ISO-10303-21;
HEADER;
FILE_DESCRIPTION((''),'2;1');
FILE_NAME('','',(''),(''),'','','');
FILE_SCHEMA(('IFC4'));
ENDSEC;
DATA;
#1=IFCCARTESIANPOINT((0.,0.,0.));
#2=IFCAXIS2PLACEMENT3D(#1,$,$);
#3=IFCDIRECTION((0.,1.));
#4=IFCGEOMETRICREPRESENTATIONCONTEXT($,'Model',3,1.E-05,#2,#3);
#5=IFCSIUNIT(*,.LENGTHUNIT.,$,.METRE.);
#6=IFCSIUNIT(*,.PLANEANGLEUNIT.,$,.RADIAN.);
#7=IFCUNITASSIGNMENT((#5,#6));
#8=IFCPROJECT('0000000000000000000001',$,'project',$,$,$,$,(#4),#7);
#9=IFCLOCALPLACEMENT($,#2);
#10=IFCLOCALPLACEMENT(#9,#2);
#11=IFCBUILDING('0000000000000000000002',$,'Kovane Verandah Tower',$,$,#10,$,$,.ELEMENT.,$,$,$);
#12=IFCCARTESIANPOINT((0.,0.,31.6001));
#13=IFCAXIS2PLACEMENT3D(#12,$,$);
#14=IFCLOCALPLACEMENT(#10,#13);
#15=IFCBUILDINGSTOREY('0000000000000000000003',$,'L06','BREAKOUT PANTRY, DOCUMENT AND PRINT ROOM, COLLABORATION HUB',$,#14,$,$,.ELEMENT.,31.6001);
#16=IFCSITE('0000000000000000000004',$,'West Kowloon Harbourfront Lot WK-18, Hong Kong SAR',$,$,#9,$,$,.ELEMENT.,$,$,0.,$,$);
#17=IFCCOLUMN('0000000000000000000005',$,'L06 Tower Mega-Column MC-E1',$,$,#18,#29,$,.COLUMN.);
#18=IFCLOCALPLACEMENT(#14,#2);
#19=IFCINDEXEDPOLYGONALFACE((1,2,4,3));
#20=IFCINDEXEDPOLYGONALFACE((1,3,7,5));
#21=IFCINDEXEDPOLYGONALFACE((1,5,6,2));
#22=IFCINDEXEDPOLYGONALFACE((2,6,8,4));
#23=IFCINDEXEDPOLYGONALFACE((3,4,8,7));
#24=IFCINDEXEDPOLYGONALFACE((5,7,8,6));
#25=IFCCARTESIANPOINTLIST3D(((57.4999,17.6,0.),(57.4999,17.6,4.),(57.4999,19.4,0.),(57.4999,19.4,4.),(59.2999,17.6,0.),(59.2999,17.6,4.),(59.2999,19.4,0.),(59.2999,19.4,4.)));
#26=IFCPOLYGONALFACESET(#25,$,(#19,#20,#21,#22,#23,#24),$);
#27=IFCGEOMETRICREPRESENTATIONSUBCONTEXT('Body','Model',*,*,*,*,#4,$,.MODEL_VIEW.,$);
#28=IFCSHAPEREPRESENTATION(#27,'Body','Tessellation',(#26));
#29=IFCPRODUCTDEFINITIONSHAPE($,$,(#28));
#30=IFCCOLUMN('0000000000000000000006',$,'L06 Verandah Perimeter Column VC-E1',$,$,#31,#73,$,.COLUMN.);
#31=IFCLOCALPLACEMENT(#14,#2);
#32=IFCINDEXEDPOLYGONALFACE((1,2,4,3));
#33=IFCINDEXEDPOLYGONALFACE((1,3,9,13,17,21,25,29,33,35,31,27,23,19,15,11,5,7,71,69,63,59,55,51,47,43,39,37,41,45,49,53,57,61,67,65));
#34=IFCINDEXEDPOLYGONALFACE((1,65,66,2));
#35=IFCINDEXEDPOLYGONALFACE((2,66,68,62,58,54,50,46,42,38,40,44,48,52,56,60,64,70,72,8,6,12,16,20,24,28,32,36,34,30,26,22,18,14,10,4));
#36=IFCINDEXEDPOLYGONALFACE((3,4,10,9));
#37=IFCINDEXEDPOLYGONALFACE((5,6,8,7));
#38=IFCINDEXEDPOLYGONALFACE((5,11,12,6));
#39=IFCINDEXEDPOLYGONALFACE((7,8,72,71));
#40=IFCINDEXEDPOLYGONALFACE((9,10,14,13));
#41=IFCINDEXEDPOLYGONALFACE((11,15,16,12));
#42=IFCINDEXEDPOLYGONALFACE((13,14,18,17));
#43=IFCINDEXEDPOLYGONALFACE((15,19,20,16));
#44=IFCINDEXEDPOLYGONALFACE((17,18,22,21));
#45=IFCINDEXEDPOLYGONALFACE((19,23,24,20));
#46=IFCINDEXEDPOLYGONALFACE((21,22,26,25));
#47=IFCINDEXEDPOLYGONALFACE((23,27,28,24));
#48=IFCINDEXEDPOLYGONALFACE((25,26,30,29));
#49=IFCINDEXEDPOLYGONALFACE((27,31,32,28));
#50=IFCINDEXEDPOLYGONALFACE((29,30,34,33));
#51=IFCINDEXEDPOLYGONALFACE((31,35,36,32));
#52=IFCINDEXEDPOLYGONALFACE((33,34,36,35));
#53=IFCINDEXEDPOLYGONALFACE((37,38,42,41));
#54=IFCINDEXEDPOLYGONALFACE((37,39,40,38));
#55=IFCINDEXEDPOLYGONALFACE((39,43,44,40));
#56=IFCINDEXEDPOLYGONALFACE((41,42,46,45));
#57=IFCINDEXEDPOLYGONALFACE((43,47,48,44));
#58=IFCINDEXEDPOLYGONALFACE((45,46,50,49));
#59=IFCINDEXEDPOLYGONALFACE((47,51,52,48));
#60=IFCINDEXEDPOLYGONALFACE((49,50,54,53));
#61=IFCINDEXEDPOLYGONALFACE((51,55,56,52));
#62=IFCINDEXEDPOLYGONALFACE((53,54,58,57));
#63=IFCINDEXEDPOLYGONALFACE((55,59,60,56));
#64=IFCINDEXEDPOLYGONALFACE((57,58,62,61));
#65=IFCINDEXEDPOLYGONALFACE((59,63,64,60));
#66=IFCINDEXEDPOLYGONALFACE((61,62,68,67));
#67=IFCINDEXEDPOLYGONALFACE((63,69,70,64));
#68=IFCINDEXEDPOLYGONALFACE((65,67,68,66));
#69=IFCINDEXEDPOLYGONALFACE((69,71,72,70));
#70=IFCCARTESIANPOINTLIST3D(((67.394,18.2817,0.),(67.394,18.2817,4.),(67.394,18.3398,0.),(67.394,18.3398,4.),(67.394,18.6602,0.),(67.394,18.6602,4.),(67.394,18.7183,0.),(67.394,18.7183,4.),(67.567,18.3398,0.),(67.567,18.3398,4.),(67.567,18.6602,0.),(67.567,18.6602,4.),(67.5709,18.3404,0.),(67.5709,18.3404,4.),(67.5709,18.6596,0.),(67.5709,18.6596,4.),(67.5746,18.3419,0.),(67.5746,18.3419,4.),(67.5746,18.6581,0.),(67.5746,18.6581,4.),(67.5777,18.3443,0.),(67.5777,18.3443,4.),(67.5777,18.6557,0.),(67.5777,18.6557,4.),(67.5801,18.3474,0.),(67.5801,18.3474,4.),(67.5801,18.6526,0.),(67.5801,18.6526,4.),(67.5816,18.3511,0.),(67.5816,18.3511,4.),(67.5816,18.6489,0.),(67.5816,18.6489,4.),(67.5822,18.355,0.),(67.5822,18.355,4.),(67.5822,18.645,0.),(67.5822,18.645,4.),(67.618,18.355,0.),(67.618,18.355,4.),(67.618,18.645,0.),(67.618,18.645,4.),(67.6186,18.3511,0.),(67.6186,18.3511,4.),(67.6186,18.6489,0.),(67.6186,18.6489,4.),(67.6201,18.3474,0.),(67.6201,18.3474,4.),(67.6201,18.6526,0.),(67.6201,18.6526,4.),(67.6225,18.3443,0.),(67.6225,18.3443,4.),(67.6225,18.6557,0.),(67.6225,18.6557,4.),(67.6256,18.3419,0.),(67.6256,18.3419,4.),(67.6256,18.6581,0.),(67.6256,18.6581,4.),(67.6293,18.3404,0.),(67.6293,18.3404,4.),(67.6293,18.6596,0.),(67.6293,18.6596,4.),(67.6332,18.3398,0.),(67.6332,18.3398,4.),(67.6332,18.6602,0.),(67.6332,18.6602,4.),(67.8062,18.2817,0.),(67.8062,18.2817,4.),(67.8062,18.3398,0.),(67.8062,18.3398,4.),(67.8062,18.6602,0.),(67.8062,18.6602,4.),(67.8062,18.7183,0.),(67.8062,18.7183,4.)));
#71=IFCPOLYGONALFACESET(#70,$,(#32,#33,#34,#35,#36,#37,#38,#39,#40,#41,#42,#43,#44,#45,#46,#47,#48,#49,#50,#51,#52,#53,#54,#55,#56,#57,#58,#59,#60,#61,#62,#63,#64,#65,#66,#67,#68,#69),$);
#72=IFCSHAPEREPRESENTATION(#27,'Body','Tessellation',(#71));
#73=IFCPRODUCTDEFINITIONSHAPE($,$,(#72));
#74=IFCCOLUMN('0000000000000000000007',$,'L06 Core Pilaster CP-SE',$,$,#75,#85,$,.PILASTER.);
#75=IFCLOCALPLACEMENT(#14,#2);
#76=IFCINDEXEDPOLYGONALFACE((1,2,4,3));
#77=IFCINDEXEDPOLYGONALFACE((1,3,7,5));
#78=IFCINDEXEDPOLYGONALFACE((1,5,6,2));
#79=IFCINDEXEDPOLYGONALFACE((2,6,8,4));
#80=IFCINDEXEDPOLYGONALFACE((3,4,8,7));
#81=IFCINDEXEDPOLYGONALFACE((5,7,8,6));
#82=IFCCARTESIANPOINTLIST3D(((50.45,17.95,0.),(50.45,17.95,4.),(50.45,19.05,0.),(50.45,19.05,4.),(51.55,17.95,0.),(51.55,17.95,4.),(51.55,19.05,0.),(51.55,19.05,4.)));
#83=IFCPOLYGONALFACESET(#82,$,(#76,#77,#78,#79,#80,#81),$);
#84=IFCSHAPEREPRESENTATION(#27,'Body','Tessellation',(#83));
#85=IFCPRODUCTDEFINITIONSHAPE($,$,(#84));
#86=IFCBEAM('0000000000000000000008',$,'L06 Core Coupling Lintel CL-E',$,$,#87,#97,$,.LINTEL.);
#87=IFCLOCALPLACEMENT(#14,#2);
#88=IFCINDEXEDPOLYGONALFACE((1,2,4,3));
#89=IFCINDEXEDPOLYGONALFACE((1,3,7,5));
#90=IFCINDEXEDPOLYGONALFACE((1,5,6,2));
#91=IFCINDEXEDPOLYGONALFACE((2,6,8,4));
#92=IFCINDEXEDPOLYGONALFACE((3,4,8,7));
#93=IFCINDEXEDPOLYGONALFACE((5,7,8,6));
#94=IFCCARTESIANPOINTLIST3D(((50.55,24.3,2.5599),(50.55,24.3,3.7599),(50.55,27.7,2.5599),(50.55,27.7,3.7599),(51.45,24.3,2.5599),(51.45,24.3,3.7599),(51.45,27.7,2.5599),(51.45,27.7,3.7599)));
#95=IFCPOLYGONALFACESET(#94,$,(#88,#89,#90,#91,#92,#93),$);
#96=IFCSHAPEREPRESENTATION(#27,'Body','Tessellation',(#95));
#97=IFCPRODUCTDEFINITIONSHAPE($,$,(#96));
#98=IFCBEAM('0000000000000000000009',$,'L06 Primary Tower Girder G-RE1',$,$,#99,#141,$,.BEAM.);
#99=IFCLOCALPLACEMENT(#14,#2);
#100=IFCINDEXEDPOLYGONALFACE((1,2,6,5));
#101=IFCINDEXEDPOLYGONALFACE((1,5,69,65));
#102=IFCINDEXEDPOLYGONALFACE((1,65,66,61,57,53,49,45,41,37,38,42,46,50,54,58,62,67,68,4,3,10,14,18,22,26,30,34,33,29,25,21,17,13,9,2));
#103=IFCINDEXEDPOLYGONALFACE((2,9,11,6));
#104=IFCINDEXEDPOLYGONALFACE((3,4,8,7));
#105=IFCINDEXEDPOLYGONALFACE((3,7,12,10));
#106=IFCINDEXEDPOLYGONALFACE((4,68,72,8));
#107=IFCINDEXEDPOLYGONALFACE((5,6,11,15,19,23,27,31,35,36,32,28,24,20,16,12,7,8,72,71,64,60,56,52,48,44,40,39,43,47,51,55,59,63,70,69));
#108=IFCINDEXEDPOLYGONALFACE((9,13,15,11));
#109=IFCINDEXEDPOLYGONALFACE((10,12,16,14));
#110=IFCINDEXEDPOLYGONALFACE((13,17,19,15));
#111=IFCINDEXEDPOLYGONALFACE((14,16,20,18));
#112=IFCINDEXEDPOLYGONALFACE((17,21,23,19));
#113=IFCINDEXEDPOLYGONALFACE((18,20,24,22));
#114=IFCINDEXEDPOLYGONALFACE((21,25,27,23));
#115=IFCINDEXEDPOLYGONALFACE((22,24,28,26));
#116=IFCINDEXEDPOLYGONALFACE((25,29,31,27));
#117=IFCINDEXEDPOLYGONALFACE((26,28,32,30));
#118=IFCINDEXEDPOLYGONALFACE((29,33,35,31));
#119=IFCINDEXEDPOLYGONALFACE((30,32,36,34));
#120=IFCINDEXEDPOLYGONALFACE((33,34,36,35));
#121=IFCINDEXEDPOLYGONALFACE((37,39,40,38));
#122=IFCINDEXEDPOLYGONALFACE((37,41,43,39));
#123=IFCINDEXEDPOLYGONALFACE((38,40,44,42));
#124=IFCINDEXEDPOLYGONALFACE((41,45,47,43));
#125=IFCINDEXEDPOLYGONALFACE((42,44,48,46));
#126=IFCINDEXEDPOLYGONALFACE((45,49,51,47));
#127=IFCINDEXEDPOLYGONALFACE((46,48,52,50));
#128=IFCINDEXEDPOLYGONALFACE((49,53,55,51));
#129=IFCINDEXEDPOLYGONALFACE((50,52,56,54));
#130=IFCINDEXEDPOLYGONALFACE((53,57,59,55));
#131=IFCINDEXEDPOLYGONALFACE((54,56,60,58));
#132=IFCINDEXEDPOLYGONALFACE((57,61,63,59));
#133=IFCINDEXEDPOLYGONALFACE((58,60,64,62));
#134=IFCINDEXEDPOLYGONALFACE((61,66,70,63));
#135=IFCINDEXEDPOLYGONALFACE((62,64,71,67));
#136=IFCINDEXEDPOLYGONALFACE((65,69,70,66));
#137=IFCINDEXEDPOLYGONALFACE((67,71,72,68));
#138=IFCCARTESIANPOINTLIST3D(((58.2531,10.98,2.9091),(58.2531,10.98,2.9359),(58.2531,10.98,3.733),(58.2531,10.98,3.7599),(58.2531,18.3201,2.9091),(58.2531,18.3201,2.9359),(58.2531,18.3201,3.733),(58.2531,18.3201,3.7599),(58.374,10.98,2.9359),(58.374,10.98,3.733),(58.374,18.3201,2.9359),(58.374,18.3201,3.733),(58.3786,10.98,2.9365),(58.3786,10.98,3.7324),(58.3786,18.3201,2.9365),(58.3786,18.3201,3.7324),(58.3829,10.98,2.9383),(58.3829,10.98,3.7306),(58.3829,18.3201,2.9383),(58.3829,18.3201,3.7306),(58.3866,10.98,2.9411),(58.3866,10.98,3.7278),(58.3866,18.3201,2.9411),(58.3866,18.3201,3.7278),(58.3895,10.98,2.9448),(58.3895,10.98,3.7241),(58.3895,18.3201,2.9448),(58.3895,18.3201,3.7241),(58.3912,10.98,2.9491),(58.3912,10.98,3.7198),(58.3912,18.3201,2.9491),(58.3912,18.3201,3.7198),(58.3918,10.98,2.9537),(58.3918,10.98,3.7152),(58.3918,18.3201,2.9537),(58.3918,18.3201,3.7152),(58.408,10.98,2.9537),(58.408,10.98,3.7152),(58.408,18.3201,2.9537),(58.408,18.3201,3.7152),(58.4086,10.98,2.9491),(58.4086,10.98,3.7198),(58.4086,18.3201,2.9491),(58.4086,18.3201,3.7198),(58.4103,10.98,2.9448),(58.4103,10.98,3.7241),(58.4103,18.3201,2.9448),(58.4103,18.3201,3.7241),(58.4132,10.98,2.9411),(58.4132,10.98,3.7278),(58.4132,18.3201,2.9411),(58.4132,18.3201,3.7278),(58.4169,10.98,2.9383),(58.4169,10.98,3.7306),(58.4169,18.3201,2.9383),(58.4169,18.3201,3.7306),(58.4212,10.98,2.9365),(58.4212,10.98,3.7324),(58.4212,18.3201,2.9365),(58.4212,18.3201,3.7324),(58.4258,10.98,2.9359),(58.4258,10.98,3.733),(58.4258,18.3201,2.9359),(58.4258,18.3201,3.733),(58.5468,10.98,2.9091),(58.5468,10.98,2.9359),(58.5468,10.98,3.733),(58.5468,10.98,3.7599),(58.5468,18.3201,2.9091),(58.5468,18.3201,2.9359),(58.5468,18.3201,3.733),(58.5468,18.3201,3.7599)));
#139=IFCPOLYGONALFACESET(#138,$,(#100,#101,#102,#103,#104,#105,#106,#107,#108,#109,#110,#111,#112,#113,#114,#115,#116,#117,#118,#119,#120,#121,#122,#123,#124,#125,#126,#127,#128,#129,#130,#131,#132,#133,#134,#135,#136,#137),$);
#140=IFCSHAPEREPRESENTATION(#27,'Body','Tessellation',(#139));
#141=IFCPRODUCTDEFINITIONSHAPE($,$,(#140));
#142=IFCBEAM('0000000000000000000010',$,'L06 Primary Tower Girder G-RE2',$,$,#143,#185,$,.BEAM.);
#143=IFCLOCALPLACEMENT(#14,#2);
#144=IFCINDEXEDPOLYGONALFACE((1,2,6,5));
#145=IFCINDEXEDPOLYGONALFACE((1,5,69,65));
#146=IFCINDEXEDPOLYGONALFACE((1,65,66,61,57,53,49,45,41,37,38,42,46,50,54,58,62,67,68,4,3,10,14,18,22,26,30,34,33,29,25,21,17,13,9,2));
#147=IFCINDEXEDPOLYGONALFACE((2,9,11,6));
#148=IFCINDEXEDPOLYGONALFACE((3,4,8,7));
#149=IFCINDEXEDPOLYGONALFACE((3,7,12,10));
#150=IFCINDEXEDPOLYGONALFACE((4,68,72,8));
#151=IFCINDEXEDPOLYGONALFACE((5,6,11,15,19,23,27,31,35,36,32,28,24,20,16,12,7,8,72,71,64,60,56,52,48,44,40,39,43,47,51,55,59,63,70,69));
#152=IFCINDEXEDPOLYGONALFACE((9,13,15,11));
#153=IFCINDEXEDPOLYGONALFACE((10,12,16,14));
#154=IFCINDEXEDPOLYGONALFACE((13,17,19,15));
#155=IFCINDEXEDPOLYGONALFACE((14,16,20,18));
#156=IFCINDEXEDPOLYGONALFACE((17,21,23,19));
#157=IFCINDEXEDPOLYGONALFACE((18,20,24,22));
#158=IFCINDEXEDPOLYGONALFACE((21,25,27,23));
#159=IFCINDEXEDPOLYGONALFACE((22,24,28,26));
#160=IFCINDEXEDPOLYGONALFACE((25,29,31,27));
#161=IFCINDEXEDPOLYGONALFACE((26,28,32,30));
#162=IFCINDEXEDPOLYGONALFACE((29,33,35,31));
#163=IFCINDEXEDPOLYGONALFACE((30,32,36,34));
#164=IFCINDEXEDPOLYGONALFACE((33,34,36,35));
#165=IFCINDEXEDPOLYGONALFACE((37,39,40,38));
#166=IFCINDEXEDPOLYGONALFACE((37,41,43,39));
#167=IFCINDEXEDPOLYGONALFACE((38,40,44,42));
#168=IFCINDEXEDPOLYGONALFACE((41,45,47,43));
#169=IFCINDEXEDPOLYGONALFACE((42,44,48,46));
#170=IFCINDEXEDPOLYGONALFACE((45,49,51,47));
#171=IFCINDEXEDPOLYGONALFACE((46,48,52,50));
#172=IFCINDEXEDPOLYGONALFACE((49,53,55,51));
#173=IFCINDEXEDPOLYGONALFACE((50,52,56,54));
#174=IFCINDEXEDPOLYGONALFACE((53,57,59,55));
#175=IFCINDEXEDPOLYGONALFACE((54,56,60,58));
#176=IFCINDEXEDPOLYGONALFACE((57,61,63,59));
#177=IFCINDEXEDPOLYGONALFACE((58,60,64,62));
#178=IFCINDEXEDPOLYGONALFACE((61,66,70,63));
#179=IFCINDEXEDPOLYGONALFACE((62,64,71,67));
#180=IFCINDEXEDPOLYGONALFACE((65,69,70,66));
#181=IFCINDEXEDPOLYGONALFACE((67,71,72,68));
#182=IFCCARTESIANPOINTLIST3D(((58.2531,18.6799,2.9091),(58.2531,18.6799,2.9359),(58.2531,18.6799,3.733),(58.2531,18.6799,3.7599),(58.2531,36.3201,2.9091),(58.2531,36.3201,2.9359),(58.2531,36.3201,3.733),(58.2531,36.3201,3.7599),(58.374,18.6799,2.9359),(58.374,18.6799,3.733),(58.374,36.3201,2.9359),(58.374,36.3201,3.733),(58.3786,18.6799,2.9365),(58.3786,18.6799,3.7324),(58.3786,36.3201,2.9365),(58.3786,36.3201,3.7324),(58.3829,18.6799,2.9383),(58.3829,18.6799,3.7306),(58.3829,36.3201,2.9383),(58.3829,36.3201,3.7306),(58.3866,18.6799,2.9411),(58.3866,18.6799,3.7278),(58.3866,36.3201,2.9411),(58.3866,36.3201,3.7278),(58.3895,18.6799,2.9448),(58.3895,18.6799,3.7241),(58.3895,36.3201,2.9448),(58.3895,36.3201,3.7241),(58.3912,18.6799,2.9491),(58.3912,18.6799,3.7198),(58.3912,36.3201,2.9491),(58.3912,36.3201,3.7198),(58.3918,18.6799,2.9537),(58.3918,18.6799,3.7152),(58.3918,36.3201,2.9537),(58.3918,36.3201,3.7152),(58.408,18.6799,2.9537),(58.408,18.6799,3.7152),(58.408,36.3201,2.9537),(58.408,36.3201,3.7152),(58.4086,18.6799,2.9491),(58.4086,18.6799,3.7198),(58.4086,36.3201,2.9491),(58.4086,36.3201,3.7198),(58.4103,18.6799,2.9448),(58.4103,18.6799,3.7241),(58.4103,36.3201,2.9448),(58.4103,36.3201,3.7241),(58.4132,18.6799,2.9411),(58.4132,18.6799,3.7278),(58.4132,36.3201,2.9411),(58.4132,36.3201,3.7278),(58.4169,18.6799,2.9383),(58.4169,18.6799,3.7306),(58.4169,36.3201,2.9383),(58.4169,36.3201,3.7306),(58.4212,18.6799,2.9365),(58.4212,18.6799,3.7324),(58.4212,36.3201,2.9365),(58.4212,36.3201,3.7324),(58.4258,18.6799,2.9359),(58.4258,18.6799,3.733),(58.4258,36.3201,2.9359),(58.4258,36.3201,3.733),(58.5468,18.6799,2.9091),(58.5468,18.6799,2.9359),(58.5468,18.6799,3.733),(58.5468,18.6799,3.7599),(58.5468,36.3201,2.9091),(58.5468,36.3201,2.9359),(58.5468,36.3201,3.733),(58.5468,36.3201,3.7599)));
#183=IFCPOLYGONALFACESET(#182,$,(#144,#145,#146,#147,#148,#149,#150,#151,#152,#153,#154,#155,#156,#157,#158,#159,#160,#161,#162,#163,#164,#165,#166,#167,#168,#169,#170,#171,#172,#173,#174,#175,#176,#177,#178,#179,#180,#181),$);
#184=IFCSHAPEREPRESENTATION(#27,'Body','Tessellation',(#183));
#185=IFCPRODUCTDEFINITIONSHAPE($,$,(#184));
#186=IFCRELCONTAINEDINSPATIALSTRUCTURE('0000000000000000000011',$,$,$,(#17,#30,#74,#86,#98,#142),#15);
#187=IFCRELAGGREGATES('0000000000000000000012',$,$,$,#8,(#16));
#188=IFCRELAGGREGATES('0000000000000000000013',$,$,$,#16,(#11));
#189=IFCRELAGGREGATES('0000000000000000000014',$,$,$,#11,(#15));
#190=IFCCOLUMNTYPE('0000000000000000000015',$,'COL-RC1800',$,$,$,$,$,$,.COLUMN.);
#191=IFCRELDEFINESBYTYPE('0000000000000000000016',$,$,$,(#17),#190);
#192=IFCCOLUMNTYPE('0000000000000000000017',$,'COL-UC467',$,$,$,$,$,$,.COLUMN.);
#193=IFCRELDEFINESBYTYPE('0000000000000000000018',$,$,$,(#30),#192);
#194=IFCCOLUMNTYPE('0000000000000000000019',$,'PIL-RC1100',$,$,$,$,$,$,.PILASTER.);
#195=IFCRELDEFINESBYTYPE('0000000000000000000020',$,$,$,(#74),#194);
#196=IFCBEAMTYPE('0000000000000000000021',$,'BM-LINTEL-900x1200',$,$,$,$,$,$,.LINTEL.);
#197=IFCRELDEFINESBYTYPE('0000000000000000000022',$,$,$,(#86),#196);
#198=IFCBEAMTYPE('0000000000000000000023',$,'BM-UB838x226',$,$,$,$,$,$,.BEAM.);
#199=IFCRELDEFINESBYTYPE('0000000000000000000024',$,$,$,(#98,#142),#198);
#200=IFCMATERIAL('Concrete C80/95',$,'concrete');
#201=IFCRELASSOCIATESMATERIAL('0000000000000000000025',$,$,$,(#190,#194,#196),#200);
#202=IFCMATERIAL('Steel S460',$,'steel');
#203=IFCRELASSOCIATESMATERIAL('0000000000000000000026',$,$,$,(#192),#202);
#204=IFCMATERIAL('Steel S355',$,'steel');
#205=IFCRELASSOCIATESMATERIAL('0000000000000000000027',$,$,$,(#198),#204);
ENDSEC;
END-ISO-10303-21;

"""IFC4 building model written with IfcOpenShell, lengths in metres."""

from ifc_helpers import new_model, si_unit, direction, frame, origin, origin_2d, place, context, subcontext, project, spatial, rectangle, i_section, extrude, material, material_profile, profile_set, type_object, element, save


model = new_model("IFC4")

# Units and contexts
model_context = context("Model", 3, precision=1e-05, world=origin(), true_north=direction((0.0, 1.0)))
body_context = subcontext(model_context, "Body", "Model", "MODEL_VIEW")
ifc_project = project(units=[si_unit("LENGTHUNIT", "METRE"), si_unit("PLANEANGLEUNIT", "RADIAN")], contexts=[model_context])

# Site, building, storey
site_placement = place(None, origin())
site = spatial("IfcSite", under=ifc_project, at=site_placement, Name="West Kowloon Harbourfront Lot WK-18, Hong Kong SAR", CompositionType="ELEMENT", RefElevation=0.0)
building_placement = place(site_placement, origin())
building = spatial("IfcBuilding", under=site, at=building_placement, Name="Kovane Verandah Tower", CompositionType="ELEMENT")
storey_placement = place(building_placement, frame((0.0, 0.0, 31.6001)))
storey = spatial("IfcBuildingStorey", under=building, at=storey_placement, Name="L06", Description="BREAKOUT PANTRY, DOCUMENT AND PRINT ROOM, COLLABORATION HUB", CompositionType="ELEMENT", Elevation=31.6001)

# Columns
ifc_material_1 = material(Name="Concrete C80/95", Category="concrete")
ifc_material_profile_1 = material_profile(ifc_material_1, rectangle(XDim=1.8, YDim=1.8, at=origin_2d()), Name="RC1800x1800")
ifc_profile_set_1 = profile_set([ifc_material_profile_1], Name="Concrete C80/95")
column_type_1 = type_object("IfcColumnType", Name="COL-RC1800", PredefinedType="COLUMN", material=ifc_profile_set_1)
column_1_placement = place(storey_placement, frame((58.3999, 18.5, 0.0), z_axis=(0.0, 0.0, 1.0), x_axis=(1.0, 0.0, 0.0)))
element("IfcColumn", 1, at=column_1_placement, inside=storey, type_object=column_type_1, Name="L06 Tower Mega-Column MC-E1", PredefinedType="COLUMN", context=body_context, shape_type="SweptSolid", body=[
    extrude(rectangle(XDim=1.8, YDim=1.8, at=origin_2d()), origin(), (0.0, 0.0, 1.0), 4.0),
])
ifc_material_2 = material(Name="Steel S460", Category="steel")
ifc_material_profile_2 = material_profile(ifc_material_2, i_section(OverallWidth=0.4121, OverallDepth=0.4365, WebThickness=0.0359, FlangeThickness=0.0581, FilletRadius=0.0151, at=origin_2d()), Name="UC356x406x467")
ifc_profile_set_2 = profile_set([ifc_material_profile_2], Name="Steel S460")
column_type_2 = type_object("IfcColumnType", Name="COL-UC467", PredefinedType="COLUMN", material=ifc_profile_set_2)
column_2_placement = place(storey_placement, frame((67.6001, 18.5, 0.0), z_axis=(0.0, 0.0, 1.0), x_axis=(1.0, 0.0, 0.0)))
element("IfcColumn", 2, at=column_2_placement, inside=storey, type_object=column_type_2, Name="L06 Verandah Perimeter Column VC-E1", PredefinedType="COLUMN", context=body_context, shape_type="SweptSolid", body=[
    extrude(i_section(OverallWidth=0.4121, OverallDepth=0.4365, WebThickness=0.0359, FlangeThickness=0.0581, FilletRadius=0.0151, at=origin_2d()), origin(), (0.0, 0.0, 1.0), 4.0),
])
ifc_material_profile_3 = material_profile(ifc_material_1, rectangle(XDim=1.1001, YDim=1.1001, at=origin_2d()), Name="RC1100x1100")
ifc_profile_set_3 = profile_set([ifc_material_profile_3], Name="Concrete C80/95")
column_type_3 = type_object("IfcColumnType", Name="PIL-RC1100", PredefinedType="PILASTER", material=ifc_profile_set_3)
column_3_placement = place(storey_placement, frame((51.0, 18.5, 0.0), z_axis=(0.0, 0.0, 1.0), x_axis=(1.0, 0.0, 0.0)))
element("IfcColumn", 3, at=column_3_placement, inside=storey, type_object=column_type_3, Name="L06 Core Pilaster CP-SE", PredefinedType="PILASTER", context=body_context, shape_type="SweptSolid", body=[
    extrude(rectangle(XDim=1.1001, YDim=1.1001, at=origin_2d()), origin(), (0.0, 0.0, 1.0), 4.0),
])

# Beams
ifc_material_profile_4 = material_profile(ifc_material_1, rectangle(XDim=0.8999, YDim=1.2, at=origin_2d()), Name="RCB900x1200")
ifc_profile_set_4 = profile_set([ifc_material_profile_4], Name="Concrete C80/95")
beam_type_1 = type_object("IfcBeamType", Name="BM-LINTEL-900x1200", PredefinedType="LINTEL", material=ifc_profile_set_4)
beam_1_placement = place(storey_placement, frame((51.0, 24.3, 3.1599), z_axis=(0.0, 1.0, 0.0), x_axis=(-1.0, 0.0, 0.0)))
element("IfcBeam", 4, at=beam_1_placement, inside=storey, type_object=beam_type_1, Name="L06 Core Coupling Lintel CL-E", PredefinedType="LINTEL", context=body_context, shape_type="SweptSolid", body=[
    extrude(rectangle(XDim=0.8999, YDim=1.2, at=origin_2d()), origin(), (0.0, 0.0, 1.0), 3.3999),
])
ifc_material_3 = material(Name="Steel S355", Category="steel")
ifc_material_profile_5 = material_profile(ifc_material_3, i_section(OverallWidth=0.2937, OverallDepth=0.8508, WebThickness=0.0161, FlangeThickness=0.0269, FilletRadius=0.0178, at=origin_2d()), Name="UB838x292x226")
ifc_profile_set_5 = profile_set([ifc_material_profile_5], Name="Steel S355")
beam_type_2 = type_object("IfcBeamType", Name="BM-UB838x226", PredefinedType="BEAM", material=ifc_profile_set_5)
beam_2_placement = place(storey_placement, frame((58.3999, 10.98, 3.3345), z_axis=(0.0, 1.0, 0.0), x_axis=(-1.0, 0.0, 0.0)))
element("IfcBeam", 5, at=beam_2_placement, inside=storey, type_object=beam_type_2, Name="L06 Primary Tower Girder G-RE1", PredefinedType="BEAM", context=body_context, shape_type="SweptSolid", body=[
    extrude(i_section(OverallWidth=0.2937, OverallDepth=0.8508, WebThickness=0.0161, FlangeThickness=0.0269, FilletRadius=0.0178, at=origin_2d()), origin(), (0.0, 0.0, 1.0), 7.3401),
])
beam_3_placement = place(storey_placement, frame((58.3999, 18.6799, 3.3345), z_axis=(0.0, 1.0, 0.0), x_axis=(-1.0, 0.0, 0.0)))
element("IfcBeam", 6, at=beam_3_placement, inside=storey, type_object=beam_type_2, Name="L06 Primary Tower Girder G-RE2", PredefinedType="BEAM", context=body_context, shape_type="SweptSolid", body=[
    extrude(i_section(OverallWidth=0.2937, OverallDepth=0.8508, WebThickness=0.0161, FlangeThickness=0.0269, FilletRadius=0.0178, at=origin_2d()), origin(), (0.0, 0.0, 1.0), 17.6401),
])

save(model, "model.ifc")
